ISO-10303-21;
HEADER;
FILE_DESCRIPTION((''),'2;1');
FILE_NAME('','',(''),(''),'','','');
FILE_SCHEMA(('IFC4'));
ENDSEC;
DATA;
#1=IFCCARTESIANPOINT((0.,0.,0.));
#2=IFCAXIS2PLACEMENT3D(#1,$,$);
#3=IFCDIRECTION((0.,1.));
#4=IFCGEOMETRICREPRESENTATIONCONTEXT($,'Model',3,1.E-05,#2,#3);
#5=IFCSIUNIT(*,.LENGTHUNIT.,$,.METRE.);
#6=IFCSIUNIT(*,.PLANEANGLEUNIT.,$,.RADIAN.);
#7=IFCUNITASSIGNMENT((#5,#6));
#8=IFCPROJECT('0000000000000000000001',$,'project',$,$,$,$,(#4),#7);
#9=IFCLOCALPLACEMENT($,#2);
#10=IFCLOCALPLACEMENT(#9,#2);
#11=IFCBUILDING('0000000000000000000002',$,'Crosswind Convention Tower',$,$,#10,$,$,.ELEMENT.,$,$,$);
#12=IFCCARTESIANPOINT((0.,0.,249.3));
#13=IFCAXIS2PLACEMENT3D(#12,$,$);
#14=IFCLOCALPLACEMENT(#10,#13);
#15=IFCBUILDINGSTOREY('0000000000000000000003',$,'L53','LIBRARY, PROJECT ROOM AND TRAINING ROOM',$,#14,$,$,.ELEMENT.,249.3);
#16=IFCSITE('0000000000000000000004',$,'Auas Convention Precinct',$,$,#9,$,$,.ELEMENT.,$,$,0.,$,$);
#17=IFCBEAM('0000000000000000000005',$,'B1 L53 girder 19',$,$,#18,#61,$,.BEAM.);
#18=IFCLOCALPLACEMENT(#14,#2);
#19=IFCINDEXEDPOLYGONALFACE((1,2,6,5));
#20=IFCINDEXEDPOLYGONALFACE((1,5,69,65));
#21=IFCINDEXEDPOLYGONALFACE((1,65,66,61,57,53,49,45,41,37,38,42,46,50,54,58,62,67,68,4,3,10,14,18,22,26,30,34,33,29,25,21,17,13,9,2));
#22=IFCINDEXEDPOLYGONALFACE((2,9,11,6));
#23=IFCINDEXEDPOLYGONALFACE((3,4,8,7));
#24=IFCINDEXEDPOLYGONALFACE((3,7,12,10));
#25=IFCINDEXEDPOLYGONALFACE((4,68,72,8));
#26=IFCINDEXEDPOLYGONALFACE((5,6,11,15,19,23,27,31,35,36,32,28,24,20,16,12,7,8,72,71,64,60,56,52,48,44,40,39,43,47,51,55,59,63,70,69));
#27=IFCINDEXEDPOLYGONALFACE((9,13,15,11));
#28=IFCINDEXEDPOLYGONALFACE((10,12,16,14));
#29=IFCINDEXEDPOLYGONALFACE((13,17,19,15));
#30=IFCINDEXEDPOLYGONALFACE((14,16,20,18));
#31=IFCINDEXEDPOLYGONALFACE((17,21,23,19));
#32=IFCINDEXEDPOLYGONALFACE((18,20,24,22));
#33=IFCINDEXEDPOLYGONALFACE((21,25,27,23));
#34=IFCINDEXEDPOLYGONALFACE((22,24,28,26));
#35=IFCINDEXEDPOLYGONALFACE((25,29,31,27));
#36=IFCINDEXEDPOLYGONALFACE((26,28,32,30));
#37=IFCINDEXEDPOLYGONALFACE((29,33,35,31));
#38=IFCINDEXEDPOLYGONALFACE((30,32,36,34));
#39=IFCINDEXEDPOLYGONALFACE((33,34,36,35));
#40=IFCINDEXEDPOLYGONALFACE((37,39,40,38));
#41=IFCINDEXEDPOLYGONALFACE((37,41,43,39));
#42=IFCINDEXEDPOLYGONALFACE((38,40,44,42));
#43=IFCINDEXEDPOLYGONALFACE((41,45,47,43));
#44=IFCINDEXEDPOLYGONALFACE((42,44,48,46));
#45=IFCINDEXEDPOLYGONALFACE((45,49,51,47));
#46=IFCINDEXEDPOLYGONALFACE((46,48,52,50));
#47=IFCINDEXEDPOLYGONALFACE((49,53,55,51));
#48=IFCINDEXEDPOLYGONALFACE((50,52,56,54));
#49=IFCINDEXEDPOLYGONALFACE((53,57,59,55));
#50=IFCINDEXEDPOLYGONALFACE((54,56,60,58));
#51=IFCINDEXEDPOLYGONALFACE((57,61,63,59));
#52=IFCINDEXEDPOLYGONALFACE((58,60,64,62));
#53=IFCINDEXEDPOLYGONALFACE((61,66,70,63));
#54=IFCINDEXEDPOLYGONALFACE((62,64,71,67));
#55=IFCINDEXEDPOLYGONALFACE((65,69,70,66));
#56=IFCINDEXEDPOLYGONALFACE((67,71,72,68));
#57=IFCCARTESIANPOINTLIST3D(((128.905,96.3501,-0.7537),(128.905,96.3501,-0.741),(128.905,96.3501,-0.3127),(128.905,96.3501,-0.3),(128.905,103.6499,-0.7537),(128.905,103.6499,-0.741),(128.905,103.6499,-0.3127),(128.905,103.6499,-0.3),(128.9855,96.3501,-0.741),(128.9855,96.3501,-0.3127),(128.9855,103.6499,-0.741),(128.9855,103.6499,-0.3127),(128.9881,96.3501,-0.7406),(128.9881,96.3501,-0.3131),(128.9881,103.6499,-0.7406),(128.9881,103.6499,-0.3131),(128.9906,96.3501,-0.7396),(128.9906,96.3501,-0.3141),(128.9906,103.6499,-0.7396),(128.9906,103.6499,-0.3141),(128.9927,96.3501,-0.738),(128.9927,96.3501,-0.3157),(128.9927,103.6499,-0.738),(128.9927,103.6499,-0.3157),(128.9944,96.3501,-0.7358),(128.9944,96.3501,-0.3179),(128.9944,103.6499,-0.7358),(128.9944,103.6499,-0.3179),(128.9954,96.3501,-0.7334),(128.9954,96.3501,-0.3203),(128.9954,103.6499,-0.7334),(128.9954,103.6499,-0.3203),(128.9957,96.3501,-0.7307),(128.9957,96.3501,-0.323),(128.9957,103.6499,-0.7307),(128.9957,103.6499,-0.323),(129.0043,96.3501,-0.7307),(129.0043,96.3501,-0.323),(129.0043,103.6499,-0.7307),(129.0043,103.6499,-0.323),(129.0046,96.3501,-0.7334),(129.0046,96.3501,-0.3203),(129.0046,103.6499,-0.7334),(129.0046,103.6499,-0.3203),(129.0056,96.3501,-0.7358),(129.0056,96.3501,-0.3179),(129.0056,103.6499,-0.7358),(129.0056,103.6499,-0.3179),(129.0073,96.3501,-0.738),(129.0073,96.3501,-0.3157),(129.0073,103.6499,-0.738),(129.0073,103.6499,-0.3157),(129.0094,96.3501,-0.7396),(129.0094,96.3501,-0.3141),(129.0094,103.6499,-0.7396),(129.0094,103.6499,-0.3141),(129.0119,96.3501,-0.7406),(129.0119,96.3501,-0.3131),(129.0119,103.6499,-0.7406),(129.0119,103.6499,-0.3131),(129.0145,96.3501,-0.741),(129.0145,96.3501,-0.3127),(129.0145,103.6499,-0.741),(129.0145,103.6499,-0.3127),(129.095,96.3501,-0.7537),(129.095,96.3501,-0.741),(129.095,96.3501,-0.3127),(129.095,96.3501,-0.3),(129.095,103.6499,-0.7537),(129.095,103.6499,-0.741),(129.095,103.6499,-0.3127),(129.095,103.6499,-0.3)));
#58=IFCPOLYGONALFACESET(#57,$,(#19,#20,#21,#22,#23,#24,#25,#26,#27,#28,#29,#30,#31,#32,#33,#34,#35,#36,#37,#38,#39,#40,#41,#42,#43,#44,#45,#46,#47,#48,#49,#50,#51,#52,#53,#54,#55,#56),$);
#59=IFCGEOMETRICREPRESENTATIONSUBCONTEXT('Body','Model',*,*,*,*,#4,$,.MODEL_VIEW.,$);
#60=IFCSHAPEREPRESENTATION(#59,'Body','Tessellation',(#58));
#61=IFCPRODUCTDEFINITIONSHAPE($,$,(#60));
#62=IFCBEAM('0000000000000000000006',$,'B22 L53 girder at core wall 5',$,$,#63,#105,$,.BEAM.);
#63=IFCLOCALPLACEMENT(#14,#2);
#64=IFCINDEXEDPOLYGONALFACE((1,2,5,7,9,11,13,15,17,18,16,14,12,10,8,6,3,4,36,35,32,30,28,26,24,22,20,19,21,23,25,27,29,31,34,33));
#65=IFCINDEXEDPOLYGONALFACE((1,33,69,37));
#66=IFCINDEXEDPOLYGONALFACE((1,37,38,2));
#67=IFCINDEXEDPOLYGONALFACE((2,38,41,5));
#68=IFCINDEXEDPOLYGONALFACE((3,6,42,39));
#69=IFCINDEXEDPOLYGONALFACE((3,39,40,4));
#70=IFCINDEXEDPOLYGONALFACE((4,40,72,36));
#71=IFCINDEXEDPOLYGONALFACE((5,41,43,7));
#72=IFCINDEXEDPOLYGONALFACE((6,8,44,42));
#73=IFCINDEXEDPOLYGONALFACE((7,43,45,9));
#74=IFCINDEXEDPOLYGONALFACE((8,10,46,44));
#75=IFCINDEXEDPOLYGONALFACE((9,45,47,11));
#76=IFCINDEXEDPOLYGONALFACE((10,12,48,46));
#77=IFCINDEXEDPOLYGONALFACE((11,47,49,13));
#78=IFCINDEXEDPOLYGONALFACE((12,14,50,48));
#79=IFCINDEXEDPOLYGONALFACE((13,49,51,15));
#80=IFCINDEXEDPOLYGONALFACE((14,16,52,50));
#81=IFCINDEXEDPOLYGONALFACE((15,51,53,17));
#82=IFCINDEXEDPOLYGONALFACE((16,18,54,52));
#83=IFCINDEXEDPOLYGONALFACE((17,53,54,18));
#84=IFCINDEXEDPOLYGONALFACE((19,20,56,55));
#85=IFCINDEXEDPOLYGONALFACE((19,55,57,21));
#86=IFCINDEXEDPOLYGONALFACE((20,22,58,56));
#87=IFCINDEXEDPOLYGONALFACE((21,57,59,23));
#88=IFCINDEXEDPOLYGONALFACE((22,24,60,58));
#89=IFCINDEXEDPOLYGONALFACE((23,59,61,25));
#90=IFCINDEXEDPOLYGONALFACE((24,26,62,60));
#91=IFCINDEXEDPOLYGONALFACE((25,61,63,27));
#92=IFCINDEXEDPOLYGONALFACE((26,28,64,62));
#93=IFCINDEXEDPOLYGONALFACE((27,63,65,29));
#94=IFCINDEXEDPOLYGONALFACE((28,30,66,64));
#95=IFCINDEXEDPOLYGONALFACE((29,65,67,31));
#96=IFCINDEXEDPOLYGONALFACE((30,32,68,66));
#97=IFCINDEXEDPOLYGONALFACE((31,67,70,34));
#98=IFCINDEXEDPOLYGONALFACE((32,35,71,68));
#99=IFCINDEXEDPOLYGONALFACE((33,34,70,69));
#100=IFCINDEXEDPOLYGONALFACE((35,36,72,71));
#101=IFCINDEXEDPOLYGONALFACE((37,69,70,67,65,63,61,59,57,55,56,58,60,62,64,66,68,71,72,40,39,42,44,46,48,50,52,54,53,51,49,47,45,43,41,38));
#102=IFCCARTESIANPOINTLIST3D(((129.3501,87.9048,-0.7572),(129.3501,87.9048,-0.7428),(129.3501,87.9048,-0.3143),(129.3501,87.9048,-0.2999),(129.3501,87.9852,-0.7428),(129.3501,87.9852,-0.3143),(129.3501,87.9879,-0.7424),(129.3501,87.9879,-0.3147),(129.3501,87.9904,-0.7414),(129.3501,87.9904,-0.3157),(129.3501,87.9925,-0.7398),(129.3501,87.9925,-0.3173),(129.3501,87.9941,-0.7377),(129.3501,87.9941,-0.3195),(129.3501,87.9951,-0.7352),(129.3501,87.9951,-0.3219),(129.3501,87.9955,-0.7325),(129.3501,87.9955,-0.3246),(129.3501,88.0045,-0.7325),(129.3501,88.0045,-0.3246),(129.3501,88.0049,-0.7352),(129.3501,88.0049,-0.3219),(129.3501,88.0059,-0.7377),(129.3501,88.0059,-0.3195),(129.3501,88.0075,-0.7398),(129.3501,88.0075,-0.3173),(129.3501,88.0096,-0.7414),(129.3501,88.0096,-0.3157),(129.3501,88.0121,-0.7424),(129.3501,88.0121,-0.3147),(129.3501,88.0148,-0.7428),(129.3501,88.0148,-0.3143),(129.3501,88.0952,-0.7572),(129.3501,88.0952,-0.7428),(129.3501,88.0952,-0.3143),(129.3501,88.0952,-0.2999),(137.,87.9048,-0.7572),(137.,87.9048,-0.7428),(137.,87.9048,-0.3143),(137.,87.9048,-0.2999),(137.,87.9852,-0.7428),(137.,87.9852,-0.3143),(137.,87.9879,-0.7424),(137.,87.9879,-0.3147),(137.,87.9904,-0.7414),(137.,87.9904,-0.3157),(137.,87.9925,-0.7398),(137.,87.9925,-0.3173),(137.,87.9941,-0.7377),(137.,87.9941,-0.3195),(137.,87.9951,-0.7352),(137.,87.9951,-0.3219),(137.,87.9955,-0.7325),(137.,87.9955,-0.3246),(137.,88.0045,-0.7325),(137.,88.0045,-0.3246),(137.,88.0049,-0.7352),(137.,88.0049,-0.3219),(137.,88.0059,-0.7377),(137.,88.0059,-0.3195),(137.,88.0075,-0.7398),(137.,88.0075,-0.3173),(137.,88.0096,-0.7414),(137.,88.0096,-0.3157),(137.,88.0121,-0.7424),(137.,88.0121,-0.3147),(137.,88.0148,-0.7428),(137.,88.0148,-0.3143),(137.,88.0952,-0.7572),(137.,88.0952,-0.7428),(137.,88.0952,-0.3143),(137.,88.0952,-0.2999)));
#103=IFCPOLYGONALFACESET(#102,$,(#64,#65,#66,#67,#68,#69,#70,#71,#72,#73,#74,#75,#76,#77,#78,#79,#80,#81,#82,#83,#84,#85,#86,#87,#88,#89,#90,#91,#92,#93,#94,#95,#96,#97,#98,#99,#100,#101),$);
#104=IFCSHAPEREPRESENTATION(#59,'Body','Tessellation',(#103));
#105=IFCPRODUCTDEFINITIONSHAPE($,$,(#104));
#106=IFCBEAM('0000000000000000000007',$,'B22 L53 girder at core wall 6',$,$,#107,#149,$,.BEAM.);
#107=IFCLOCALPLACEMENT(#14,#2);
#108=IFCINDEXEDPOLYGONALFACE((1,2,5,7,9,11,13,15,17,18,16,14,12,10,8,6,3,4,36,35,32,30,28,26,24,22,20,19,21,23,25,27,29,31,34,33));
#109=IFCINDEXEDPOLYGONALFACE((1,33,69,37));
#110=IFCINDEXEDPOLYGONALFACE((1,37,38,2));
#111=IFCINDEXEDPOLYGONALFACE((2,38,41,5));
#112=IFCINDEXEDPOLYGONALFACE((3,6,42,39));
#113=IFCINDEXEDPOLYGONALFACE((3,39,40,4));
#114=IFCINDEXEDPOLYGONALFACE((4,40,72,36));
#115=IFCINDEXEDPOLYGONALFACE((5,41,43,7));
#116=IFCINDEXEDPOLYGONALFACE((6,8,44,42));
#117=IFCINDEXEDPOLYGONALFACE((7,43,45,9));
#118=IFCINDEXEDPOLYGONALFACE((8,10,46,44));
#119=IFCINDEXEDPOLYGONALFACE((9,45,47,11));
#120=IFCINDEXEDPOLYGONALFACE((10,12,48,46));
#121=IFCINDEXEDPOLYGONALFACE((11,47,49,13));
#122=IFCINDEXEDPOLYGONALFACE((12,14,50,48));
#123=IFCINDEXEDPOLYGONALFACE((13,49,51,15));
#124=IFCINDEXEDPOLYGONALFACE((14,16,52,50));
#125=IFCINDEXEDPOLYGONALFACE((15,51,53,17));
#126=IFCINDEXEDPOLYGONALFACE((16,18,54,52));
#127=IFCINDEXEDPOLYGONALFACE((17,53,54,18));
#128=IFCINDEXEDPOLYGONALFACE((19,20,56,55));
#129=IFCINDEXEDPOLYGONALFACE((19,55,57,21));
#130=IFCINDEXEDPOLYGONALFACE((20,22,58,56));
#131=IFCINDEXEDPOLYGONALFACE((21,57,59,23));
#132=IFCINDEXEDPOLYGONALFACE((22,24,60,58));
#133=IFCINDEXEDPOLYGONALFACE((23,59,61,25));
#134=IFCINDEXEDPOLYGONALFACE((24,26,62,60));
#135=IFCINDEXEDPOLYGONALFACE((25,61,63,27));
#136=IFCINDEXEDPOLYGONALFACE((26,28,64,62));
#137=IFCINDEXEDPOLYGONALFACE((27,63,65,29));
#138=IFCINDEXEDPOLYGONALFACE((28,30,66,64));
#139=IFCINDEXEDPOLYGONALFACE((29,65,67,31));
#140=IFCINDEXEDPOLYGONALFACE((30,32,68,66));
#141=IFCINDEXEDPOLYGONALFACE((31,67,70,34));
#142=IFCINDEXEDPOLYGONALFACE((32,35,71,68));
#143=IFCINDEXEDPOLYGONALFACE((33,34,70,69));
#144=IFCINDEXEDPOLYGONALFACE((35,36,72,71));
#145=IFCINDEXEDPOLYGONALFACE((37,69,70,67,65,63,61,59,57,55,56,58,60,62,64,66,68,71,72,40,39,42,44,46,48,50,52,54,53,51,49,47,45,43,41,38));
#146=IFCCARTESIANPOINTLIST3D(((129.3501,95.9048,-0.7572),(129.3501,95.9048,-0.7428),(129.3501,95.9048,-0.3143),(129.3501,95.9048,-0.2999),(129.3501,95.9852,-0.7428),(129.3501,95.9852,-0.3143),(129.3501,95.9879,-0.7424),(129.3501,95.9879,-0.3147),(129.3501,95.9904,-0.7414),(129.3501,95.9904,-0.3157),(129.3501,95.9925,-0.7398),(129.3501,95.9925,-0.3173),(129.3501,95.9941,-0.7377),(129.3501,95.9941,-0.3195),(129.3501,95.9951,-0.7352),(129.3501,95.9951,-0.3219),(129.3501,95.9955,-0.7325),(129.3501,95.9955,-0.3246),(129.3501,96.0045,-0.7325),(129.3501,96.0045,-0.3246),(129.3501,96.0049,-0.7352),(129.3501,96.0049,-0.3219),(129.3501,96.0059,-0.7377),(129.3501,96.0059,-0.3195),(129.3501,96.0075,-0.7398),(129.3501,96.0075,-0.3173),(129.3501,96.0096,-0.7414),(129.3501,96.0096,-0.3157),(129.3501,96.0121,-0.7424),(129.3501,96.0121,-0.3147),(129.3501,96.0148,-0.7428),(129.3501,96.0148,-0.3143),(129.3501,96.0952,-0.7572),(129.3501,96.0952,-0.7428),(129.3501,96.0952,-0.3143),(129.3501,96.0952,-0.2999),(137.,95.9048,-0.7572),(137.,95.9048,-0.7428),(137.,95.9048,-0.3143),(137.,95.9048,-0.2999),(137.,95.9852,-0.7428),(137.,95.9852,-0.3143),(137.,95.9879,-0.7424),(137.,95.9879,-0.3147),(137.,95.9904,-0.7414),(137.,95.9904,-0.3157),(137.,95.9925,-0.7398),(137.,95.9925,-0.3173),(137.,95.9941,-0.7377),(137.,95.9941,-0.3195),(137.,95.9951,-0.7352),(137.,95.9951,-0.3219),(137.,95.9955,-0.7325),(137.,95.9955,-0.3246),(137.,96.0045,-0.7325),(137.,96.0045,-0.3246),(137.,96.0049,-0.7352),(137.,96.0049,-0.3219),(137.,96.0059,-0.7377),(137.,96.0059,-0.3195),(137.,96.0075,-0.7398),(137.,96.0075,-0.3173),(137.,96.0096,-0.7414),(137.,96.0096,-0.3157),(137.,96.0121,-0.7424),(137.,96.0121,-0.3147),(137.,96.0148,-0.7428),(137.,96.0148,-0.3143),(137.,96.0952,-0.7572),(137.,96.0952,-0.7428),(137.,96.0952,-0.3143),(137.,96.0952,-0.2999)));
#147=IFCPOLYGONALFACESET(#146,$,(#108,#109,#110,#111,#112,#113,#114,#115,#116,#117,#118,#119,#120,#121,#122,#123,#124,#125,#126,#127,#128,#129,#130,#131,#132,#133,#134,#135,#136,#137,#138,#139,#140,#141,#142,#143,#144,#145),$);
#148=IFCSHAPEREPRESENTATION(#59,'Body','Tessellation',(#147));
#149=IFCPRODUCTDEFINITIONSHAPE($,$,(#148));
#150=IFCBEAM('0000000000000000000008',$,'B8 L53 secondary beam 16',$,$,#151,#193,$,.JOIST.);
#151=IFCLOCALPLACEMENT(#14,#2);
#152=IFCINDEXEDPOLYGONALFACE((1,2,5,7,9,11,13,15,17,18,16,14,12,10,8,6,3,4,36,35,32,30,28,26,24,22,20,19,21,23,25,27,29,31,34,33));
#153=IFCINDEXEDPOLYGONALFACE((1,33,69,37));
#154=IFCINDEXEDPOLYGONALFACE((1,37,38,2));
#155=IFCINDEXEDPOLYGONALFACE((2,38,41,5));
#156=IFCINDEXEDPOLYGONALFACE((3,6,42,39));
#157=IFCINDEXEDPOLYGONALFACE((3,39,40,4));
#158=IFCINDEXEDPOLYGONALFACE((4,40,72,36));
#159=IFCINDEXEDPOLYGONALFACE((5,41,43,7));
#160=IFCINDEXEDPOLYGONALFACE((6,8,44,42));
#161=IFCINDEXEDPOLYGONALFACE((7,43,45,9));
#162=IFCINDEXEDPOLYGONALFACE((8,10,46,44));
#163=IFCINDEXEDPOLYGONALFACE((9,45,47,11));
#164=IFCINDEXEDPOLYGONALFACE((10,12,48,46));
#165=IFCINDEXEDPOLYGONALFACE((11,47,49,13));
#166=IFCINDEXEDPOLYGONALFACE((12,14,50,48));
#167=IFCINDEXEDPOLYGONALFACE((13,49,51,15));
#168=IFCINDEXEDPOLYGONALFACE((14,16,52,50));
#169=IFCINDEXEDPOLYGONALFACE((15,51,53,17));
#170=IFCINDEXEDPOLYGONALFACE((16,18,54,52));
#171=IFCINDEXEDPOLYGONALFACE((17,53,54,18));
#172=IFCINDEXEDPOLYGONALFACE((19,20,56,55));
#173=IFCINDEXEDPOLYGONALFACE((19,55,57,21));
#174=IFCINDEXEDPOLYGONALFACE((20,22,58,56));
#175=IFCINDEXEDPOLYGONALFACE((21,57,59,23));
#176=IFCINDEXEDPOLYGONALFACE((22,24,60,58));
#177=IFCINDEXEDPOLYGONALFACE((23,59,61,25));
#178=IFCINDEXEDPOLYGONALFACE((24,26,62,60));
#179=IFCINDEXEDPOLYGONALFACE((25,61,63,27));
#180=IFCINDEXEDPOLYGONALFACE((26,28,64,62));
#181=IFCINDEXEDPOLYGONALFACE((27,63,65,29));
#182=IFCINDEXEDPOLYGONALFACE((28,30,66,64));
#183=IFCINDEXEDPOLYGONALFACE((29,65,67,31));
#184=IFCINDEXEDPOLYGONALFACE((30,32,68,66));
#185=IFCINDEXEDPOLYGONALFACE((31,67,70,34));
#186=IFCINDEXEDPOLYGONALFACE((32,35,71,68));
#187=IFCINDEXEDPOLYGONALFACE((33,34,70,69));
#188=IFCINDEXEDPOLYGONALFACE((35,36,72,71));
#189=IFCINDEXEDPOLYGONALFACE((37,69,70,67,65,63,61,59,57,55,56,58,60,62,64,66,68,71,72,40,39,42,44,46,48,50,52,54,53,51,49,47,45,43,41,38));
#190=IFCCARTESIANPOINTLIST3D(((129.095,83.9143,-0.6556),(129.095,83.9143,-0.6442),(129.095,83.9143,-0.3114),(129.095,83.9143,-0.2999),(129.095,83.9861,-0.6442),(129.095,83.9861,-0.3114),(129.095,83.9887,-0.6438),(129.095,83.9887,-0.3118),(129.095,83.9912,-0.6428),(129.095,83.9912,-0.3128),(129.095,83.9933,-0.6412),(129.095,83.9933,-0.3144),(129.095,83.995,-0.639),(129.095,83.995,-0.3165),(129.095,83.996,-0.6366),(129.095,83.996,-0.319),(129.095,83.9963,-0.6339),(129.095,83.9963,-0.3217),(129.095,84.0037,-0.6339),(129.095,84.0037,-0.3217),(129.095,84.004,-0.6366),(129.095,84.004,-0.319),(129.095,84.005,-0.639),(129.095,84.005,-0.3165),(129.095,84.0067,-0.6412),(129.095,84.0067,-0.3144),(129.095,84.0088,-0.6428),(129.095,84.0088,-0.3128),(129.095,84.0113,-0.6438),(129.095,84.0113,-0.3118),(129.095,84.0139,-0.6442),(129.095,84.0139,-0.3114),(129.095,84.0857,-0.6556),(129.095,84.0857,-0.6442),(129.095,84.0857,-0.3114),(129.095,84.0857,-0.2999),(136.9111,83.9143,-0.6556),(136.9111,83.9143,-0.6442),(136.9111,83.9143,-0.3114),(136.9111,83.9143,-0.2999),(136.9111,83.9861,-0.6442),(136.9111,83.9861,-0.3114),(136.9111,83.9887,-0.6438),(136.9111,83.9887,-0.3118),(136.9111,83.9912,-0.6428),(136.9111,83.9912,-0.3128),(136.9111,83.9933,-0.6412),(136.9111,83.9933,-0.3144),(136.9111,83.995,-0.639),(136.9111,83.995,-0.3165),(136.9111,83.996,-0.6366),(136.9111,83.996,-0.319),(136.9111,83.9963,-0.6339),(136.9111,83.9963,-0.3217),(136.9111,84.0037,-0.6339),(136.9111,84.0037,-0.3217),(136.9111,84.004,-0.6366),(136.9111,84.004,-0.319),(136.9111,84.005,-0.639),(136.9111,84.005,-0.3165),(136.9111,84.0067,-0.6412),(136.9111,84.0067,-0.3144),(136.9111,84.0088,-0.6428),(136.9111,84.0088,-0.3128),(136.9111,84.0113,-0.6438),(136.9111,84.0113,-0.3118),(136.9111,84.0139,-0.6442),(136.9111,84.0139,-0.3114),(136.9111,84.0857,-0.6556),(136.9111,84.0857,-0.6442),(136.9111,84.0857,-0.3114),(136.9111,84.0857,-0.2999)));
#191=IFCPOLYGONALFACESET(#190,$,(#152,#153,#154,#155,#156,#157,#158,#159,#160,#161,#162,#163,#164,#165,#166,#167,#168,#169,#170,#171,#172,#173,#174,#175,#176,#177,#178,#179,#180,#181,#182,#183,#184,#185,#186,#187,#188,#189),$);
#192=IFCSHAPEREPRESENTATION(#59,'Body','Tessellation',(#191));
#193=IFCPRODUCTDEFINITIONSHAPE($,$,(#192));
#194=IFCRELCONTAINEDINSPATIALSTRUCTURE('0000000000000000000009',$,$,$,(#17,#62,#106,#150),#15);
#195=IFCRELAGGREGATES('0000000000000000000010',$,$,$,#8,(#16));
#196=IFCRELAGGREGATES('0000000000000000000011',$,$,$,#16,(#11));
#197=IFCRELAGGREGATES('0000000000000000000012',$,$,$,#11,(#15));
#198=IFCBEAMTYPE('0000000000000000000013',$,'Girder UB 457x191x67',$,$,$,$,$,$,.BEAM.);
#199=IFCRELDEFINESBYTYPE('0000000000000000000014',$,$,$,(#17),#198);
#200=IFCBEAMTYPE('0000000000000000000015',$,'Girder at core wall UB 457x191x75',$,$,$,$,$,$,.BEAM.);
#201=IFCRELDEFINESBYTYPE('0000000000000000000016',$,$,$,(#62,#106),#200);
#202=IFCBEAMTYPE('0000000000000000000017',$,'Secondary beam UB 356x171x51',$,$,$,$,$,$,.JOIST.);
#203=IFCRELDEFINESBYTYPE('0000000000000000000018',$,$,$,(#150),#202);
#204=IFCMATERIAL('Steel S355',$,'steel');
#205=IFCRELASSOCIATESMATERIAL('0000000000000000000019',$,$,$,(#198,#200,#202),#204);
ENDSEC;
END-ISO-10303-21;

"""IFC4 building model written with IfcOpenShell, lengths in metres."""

from ifc_helpers import new_model, si_unit, direction, frame, origin, origin_2d, place, context, subcontext, project, spatial, i_section, extrude, material, material_profile, profile_set, type_object, element, save


model = new_model("IFC4")

# Units and contexts
model_context = context("Model", 3, precision=1e-05, world=origin(), true_north=direction((0.0, 1.0)))
body_context = subcontext(model_context, "Body", "Model", "MODEL_VIEW")
ifc_project = project(units=[si_unit("LENGTHUNIT", "METRE"), si_unit("PLANEANGLEUNIT", "RADIAN")], contexts=[model_context])

# Site, building, storey
site_placement = place(None, origin())
site = spatial("IfcSite", under=ifc_project, at=site_placement, Name="Auas Convention Precinct", CompositionType="ELEMENT", RefElevation=0.0)
building_placement = place(site_placement, origin())
building = spatial("IfcBuilding", under=site, at=building_placement, Name="Crosswind Convention Tower", CompositionType="ELEMENT")
storey_placement = place(building_placement, frame((0.0, 0.0, 249.3)))
storey = spatial("IfcBuildingStorey", under=building, at=storey_placement, Name="L53", Description="LIBRARY, PROJECT ROOM AND TRAINING ROOM", CompositionType="ELEMENT", Elevation=249.3)

# Beams
ifc_material_1 = material(Name="Steel S355", Category="steel")
ifc_material_profile_1 = material_profile(ifc_material_1, i_section(OverallWidth=0.1899, OverallDepth=0.4536, WebThickness=0.0085, FlangeThickness=0.0127, FilletRadius=0.0103, at=origin_2d()), Name="UB 457x191x67")
ifc_profile_set_1 = profile_set([ifc_material_profile_1], Name="Steel S355")
beam_type_1 = type_object("IfcBeamType", Name="Girder UB 457x191x67", PredefinedType="BEAM", material=ifc_profile_set_1)
for number, where, z_axis, x_axis, name in (
    (1, (129.0, 96.3501, -0.5269), (0.0, 1.0, 0.0), (-1.0, 0.0, 0.0), "B1 L53 girder 19"),
):
    element("IfcBeam", number, at=place(storey_placement, frame(where, z_axis=z_axis, x_axis=x_axis)), inside=storey, type_object=beam_type_1, Name=name, PredefinedType="BEAM", context=body_context, shape_type="SweptSolid", body=[
        extrude(i_section(OverallWidth=0.1899, OverallDepth=0.4536, WebThickness=0.0085, FlangeThickness=0.0127, FilletRadius=0.0103, at=origin_2d()), origin(), (0.0, 0.0, 1.0), 7.2998),
    ])
ifc_material_profile_2 = material_profile(ifc_material_1, i_section(OverallWidth=0.1904, OverallDepth=0.4573, WebThickness=0.009, FlangeThickness=0.0144, FilletRadius=0.0103, at=origin_2d()), Name="UB 457x191x75")
ifc_profile_set_2 = profile_set([ifc_material_profile_2], Name="Steel S355")
beam_type_2 = type_object("IfcBeamType", Name="Girder at core wall UB 457x191x75", PredefinedType="BEAM", material=ifc_profile_set_2)
for number, where, z_axis, x_axis, name in (
    (2, (129.3501, 88.0, -0.5286), (1.0, 0.0, 0.0), (0.0, 1.0, 0.0), "B22 L53 girder at core wall 5"),
    (3, (129.3501, 96.0, -0.5286), (1.0, 0.0, 0.0), (0.0, 1.0, 0.0), "B22 L53 girder at core wall 6"),
):
    element("IfcBeam", number, at=place(storey_placement, frame(where, z_axis=z_axis, x_axis=x_axis)), inside=storey, type_object=beam_type_2, Name=name, PredefinedType="BEAM", context=body_context, shape_type="SweptSolid", body=[
        extrude(i_section(OverallWidth=0.1904, OverallDepth=0.4573, WebThickness=0.009, FlangeThickness=0.0144, FilletRadius=0.0103, at=origin_2d()), origin(), (0.0, 0.0, 1.0), 7.6499),
    ])
ifc_material_profile_3 = material_profile(ifc_material_1, i_section(OverallWidth=0.1714, OverallDepth=0.3557, WebThickness=0.0073, FlangeThickness=0.0115, FilletRadius=0.0103, at=origin_2d()), Name="UB 356x171x51")
ifc_profile_set_3 = profile_set([ifc_material_profile_3], Name="Steel S355")
beam_type_3 = type_object("IfcBeamType", Name="Secondary beam UB 356x171x51", PredefinedType="JOIST", material=ifc_profile_set_3)
beam_1_placement = place(storey_placement, frame((129.095, 84.0, -0.4778), z_axis=(1.0, 0.0, 0.0), x_axis=(0.0, 1.0, 0.0)))
element("IfcBeam", 4, at=beam_1_placement, inside=storey, type_object=beam_type_3, Name="B8 L53 secondary beam 16", PredefinedType="JOIST", context=body_context, shape_type="SweptSolid", body=[
    extrude(i_section(OverallWidth=0.1714, OverallDepth=0.3557, WebThickness=0.0073, FlangeThickness=0.0115, FilletRadius=0.0103, at=origin_2d()), origin(), (0.0, 0.0, 1.0), 7.8162),
])

save(model, "model.ifc")
